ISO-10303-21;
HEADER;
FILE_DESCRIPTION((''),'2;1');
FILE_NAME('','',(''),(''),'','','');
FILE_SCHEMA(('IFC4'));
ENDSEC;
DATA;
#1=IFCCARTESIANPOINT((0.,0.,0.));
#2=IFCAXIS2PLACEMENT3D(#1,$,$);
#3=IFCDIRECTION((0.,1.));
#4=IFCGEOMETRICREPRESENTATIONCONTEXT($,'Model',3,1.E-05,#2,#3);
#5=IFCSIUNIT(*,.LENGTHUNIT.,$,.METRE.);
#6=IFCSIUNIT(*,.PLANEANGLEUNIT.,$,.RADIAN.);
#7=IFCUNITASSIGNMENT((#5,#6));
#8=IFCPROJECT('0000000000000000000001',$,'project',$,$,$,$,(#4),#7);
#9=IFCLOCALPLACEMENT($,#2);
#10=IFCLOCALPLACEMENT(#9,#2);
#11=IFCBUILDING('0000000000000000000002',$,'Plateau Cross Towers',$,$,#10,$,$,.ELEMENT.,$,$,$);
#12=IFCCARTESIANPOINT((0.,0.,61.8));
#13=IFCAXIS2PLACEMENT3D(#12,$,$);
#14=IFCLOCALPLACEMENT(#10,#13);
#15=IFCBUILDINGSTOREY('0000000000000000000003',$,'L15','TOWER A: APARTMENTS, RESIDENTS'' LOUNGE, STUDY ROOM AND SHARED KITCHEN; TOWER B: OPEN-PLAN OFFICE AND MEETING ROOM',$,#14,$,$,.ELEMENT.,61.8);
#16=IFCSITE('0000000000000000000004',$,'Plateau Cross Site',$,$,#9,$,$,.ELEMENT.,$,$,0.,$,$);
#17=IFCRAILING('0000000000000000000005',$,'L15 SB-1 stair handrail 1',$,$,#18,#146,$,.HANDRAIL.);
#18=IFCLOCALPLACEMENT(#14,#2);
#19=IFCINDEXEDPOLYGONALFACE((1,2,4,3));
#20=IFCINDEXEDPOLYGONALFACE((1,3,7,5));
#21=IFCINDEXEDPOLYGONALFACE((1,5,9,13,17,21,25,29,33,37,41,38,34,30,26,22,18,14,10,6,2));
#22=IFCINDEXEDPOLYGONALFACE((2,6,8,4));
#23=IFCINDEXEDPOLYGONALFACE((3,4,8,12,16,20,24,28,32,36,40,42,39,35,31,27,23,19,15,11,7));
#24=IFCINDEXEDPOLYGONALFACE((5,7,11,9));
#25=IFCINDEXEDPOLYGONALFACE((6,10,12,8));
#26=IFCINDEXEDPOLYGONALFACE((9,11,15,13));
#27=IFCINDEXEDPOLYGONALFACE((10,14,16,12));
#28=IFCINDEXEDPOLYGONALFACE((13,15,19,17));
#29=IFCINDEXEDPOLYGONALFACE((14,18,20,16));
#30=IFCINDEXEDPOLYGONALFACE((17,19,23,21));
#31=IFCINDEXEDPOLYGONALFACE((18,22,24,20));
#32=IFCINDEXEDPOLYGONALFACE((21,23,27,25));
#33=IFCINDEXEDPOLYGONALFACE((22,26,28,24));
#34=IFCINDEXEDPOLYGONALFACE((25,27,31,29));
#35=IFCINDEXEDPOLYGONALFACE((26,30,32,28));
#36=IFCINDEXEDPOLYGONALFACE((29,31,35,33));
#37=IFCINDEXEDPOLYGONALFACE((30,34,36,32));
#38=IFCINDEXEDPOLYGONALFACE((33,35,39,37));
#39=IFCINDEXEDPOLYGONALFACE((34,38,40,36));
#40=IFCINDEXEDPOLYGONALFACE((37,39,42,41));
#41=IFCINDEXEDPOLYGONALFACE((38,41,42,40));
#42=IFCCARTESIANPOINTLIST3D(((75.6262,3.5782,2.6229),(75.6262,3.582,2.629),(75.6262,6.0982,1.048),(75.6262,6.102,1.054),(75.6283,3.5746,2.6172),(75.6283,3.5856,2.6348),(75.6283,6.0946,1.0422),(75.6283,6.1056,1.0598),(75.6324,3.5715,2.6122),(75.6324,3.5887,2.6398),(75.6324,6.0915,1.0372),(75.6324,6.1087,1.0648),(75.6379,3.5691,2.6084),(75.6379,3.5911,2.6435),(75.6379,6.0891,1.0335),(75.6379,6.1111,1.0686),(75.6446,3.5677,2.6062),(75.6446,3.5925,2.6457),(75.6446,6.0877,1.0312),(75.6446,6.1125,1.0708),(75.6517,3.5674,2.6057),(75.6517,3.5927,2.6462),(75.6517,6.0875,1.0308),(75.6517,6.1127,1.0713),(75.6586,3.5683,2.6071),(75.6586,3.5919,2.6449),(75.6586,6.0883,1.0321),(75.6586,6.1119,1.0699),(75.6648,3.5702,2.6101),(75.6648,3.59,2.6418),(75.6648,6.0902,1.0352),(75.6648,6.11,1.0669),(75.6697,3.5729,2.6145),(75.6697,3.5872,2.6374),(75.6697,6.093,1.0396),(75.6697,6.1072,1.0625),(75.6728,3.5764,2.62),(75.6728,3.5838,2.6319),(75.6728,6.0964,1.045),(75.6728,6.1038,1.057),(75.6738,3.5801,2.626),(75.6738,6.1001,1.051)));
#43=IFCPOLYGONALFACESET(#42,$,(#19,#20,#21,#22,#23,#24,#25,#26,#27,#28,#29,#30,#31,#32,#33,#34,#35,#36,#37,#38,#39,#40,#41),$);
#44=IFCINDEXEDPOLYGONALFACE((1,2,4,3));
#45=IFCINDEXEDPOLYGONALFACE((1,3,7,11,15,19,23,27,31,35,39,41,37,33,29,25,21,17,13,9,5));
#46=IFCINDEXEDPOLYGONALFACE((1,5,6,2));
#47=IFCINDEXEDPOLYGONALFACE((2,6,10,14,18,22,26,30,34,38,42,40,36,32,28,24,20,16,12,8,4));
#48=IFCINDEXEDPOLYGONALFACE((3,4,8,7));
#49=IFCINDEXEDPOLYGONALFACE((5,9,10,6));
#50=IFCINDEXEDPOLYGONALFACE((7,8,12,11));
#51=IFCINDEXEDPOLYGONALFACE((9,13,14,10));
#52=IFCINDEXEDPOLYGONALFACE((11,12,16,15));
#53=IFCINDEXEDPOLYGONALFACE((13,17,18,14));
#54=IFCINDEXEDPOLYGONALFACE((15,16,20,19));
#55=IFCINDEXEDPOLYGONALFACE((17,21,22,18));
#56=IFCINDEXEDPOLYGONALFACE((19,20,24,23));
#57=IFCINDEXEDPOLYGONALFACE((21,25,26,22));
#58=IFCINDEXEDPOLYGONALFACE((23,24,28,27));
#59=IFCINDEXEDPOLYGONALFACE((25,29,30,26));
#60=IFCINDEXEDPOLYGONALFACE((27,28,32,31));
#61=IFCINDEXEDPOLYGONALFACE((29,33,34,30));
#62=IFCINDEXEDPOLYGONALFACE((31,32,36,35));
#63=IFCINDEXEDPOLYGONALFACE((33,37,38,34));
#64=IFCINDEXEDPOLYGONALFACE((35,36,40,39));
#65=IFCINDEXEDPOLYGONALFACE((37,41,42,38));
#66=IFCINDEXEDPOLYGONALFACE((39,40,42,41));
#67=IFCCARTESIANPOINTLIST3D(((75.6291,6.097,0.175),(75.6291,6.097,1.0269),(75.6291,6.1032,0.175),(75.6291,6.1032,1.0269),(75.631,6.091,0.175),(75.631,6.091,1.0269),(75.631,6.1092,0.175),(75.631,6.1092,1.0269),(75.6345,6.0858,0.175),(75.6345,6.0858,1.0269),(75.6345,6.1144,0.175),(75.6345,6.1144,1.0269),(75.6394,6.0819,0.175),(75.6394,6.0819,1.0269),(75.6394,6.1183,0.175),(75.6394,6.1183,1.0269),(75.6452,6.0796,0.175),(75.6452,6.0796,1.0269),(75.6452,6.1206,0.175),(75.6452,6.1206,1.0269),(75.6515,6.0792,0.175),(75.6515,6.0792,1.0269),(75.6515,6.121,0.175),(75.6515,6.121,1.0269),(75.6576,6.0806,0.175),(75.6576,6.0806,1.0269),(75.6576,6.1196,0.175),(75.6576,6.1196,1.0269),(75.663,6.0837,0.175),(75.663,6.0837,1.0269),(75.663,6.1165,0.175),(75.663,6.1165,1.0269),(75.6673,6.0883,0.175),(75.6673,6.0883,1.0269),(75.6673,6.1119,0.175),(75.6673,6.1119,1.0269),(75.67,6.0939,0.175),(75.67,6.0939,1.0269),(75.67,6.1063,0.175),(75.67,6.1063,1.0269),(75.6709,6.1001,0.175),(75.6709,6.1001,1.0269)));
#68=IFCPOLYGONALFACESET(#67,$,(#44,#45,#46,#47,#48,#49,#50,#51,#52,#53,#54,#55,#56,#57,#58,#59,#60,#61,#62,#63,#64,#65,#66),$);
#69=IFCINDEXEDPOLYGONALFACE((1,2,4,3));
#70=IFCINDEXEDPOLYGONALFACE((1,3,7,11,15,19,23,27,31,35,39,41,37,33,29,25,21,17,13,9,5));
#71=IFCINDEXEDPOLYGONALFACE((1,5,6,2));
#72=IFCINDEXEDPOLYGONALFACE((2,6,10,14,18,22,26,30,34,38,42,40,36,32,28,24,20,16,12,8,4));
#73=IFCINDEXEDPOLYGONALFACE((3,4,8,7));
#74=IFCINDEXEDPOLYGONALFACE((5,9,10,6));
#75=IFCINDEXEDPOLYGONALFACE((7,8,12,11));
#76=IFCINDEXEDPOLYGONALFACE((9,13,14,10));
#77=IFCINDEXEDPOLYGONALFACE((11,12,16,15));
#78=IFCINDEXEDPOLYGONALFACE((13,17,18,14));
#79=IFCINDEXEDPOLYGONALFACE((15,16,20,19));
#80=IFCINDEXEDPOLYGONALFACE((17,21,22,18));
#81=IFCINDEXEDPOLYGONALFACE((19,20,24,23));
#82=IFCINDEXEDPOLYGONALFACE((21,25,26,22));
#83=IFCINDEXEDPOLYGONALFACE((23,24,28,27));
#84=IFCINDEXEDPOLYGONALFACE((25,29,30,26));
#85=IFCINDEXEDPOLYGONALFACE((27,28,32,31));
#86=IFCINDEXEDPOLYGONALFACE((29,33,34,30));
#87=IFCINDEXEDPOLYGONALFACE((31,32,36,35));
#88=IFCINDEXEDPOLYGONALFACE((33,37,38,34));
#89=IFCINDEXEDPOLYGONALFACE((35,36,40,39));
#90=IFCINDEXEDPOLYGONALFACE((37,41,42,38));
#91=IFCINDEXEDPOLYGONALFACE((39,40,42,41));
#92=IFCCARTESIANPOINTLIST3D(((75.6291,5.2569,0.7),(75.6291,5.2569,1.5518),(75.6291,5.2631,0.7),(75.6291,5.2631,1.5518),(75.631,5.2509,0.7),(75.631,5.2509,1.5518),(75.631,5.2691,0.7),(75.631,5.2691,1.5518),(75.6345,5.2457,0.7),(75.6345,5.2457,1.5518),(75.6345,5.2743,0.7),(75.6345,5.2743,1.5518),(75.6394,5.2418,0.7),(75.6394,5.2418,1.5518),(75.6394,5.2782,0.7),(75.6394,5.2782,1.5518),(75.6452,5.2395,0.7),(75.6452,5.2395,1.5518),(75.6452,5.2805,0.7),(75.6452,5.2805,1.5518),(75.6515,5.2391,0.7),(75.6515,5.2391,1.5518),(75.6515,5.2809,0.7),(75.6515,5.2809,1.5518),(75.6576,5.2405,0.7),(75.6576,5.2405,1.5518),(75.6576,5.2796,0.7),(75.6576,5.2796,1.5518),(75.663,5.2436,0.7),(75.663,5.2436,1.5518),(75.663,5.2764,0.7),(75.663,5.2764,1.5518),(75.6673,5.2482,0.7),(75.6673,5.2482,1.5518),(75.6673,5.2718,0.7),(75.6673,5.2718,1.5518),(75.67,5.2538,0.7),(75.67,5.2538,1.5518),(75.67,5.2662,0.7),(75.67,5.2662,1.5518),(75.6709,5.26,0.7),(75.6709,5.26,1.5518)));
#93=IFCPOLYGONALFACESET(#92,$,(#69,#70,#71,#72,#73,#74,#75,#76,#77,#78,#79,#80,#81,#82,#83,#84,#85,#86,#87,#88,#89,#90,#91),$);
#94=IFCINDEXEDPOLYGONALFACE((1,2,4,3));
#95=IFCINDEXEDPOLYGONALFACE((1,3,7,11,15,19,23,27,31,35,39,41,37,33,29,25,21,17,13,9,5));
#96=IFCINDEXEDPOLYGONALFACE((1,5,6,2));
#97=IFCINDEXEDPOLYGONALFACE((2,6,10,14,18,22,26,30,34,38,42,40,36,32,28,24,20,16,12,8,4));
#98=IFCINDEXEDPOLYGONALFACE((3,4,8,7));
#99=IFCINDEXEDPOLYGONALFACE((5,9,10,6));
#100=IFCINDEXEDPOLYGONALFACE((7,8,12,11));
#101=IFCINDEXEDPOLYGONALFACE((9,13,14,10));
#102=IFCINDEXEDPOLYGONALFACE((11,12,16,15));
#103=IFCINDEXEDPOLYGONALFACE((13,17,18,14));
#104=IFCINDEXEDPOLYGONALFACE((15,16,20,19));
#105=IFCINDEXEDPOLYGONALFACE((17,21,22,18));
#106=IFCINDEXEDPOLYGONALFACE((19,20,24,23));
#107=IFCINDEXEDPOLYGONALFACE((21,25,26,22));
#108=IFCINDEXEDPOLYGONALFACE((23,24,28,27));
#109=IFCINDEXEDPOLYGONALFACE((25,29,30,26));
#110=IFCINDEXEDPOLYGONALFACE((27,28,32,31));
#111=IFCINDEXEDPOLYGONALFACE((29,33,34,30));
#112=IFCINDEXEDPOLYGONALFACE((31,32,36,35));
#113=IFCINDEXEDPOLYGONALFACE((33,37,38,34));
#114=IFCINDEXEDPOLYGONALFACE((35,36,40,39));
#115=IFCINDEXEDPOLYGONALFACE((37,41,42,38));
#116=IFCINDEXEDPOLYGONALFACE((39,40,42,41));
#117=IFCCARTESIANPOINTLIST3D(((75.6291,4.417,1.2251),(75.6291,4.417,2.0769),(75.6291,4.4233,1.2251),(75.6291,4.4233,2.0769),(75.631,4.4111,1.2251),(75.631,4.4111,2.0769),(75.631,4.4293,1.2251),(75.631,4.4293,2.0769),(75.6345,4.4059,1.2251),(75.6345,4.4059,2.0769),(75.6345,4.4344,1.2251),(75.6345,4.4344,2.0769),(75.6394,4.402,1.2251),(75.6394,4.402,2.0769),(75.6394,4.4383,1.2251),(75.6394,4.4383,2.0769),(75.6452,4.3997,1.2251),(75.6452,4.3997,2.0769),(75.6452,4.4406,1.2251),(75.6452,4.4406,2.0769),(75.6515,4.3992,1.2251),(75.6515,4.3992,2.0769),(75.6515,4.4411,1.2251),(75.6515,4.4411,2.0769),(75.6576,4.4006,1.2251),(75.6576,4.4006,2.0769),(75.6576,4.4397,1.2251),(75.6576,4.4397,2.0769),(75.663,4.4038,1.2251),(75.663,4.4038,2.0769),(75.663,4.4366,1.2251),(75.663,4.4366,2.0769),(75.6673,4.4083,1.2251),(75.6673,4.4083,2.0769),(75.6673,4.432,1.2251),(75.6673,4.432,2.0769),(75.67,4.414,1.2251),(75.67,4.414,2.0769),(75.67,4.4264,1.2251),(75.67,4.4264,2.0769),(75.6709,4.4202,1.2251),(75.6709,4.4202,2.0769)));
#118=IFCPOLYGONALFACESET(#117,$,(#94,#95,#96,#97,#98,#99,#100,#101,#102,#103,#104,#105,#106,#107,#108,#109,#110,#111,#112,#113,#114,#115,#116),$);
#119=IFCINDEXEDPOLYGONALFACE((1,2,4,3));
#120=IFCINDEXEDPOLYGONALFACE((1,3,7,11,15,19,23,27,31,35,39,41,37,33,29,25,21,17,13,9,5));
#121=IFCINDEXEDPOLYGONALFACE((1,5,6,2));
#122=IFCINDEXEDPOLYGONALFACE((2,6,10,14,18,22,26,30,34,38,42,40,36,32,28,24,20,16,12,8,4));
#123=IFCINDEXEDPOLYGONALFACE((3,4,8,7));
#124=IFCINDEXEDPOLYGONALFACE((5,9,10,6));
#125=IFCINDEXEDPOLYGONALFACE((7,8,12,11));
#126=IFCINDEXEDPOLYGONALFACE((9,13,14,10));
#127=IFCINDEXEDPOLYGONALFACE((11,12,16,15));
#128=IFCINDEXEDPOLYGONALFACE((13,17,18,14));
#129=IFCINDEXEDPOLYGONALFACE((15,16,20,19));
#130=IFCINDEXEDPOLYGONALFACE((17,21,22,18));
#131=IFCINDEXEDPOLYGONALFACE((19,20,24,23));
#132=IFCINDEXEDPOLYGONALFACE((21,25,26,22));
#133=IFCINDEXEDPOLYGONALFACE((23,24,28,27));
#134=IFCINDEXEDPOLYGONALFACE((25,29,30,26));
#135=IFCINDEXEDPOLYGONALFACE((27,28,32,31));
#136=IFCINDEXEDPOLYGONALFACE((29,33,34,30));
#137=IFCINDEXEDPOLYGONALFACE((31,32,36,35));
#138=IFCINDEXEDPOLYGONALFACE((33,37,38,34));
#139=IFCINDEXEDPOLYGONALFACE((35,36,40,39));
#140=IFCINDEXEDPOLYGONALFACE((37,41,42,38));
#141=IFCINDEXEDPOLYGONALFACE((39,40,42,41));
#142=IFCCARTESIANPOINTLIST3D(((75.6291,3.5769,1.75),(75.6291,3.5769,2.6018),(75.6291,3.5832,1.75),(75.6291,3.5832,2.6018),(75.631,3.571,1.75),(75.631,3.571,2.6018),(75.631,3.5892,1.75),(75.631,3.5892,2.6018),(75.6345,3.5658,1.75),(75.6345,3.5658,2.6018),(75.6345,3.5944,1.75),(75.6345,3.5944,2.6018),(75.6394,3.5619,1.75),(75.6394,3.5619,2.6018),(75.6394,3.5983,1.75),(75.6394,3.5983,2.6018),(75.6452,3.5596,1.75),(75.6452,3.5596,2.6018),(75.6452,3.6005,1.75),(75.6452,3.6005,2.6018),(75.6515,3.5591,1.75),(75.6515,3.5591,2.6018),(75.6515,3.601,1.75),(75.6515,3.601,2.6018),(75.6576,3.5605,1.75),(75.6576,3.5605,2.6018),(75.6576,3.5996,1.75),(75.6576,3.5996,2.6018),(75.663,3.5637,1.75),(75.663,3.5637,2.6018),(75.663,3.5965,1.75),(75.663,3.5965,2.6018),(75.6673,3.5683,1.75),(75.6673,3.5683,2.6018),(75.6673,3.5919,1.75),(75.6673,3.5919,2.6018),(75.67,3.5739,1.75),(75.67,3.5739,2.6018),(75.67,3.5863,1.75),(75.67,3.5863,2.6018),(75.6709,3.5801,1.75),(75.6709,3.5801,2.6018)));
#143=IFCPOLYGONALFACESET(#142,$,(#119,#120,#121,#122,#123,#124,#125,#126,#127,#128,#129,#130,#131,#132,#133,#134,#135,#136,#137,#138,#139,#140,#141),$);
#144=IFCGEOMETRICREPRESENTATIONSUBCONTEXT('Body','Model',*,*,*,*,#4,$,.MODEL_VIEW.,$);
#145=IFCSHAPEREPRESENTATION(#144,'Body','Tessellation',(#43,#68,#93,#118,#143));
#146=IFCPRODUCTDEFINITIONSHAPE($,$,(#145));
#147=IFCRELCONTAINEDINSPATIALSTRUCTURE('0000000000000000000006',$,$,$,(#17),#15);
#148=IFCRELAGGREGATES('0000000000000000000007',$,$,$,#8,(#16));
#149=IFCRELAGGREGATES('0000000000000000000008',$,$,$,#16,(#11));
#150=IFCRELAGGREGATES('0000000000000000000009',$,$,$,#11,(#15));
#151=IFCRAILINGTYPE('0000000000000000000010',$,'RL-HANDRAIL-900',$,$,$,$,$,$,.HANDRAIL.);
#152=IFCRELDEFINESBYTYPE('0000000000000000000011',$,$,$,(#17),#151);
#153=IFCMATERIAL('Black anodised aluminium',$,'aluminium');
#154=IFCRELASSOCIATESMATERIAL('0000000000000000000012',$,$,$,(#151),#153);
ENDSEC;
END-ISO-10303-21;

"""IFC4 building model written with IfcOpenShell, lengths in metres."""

from ifc_helpers import new_model, si_unit, direction, frame, origin, origin_2d, place, context, subcontext, project, spatial, circle, extrude, material, type_object, element, save


model = new_model("IFC4")

# Units and contexts
model_context = context("Model", 3, precision=1e-05, world=origin(), true_north=direction((0.0, 1.0)))
body_context = subcontext(model_context, "Body", "Model", "MODEL_VIEW")
ifc_project = project(units=[si_unit("LENGTHUNIT", "METRE"), si_unit("PLANEANGLEUNIT", "RADIAN")], contexts=[model_context])

# Site, building, storey
site_placement = place(None, origin())
site = spatial("IfcSite", under=ifc_project, at=site_placement, Name="Plateau Cross Site", CompositionType="ELEMENT", RefElevation=0.0)
building_placement = place(site_placement, origin())
building = spatial("IfcBuilding", under=site, at=building_placement, Name="Plateau Cross Towers", CompositionType="ELEMENT")
storey_placement = place(building_placement, frame((0.0, 0.0, 61.8)))
storey = spatial("IfcBuildingStorey", under=building, at=storey_placement, Name="L15", Description="TOWER A: APARTMENTS, RESIDENTS' LOUNGE, STUDY ROOM AND SHARED KITCHEN; TOWER B: OPEN-PLAN OFFICE AND MEETING ROOM", CompositionType="ELEMENT", Elevation=61.8)

# Railing
ifc_material_1 = material(Name="Black anodised aluminium", Category="aluminium")
railing_type_1 = type_object("IfcRailingType", Name="RL-HANDRAIL-900", PredefinedType="HANDRAIL", material=ifc_material_1)
railing_1_placement = place(storey_placement, frame((75.6499, 6.1001, 0.175)))
element("IfcRailing", 1, at=railing_1_placement, inside=storey, type_object=railing_type_1, Name="L15 SB-1 stair handrail 1", PredefinedType="HANDRAIL", context=body_context, shape_type="SweptSolid", body=[
    extrude(circle(Radius=0.0239, at=origin_2d()), frame((0.0, 0.0, 0.876), z_axis=(0.0, -0.848008, 0.529984), x_axis=(1.0, 0.0, 0.0)), (0.0, 0.0, 1.0), 2.9717),
    extrude(circle(Radius=0.021, at=origin_2d()), origin(), (0.0, 0.0, 1.0), 0.8518),
    extrude(circle(Radius=0.021, at=origin_2d()), frame((0.0, -0.8401, 0.5249)), (0.0, 0.0, 1.0), 0.8518),
    extrude(circle(Radius=0.021, at=origin_2d()), frame((0.0, -1.6799, 1.05)), (0.0, 0.0, 1.0), 0.8518),
    extrude(circle(Radius=0.021, at=origin_2d()), frame((0.0, -2.52, 1.575)), (0.0, 0.0, 1.0), 0.8518),
])

save(model, "model.ifc")
